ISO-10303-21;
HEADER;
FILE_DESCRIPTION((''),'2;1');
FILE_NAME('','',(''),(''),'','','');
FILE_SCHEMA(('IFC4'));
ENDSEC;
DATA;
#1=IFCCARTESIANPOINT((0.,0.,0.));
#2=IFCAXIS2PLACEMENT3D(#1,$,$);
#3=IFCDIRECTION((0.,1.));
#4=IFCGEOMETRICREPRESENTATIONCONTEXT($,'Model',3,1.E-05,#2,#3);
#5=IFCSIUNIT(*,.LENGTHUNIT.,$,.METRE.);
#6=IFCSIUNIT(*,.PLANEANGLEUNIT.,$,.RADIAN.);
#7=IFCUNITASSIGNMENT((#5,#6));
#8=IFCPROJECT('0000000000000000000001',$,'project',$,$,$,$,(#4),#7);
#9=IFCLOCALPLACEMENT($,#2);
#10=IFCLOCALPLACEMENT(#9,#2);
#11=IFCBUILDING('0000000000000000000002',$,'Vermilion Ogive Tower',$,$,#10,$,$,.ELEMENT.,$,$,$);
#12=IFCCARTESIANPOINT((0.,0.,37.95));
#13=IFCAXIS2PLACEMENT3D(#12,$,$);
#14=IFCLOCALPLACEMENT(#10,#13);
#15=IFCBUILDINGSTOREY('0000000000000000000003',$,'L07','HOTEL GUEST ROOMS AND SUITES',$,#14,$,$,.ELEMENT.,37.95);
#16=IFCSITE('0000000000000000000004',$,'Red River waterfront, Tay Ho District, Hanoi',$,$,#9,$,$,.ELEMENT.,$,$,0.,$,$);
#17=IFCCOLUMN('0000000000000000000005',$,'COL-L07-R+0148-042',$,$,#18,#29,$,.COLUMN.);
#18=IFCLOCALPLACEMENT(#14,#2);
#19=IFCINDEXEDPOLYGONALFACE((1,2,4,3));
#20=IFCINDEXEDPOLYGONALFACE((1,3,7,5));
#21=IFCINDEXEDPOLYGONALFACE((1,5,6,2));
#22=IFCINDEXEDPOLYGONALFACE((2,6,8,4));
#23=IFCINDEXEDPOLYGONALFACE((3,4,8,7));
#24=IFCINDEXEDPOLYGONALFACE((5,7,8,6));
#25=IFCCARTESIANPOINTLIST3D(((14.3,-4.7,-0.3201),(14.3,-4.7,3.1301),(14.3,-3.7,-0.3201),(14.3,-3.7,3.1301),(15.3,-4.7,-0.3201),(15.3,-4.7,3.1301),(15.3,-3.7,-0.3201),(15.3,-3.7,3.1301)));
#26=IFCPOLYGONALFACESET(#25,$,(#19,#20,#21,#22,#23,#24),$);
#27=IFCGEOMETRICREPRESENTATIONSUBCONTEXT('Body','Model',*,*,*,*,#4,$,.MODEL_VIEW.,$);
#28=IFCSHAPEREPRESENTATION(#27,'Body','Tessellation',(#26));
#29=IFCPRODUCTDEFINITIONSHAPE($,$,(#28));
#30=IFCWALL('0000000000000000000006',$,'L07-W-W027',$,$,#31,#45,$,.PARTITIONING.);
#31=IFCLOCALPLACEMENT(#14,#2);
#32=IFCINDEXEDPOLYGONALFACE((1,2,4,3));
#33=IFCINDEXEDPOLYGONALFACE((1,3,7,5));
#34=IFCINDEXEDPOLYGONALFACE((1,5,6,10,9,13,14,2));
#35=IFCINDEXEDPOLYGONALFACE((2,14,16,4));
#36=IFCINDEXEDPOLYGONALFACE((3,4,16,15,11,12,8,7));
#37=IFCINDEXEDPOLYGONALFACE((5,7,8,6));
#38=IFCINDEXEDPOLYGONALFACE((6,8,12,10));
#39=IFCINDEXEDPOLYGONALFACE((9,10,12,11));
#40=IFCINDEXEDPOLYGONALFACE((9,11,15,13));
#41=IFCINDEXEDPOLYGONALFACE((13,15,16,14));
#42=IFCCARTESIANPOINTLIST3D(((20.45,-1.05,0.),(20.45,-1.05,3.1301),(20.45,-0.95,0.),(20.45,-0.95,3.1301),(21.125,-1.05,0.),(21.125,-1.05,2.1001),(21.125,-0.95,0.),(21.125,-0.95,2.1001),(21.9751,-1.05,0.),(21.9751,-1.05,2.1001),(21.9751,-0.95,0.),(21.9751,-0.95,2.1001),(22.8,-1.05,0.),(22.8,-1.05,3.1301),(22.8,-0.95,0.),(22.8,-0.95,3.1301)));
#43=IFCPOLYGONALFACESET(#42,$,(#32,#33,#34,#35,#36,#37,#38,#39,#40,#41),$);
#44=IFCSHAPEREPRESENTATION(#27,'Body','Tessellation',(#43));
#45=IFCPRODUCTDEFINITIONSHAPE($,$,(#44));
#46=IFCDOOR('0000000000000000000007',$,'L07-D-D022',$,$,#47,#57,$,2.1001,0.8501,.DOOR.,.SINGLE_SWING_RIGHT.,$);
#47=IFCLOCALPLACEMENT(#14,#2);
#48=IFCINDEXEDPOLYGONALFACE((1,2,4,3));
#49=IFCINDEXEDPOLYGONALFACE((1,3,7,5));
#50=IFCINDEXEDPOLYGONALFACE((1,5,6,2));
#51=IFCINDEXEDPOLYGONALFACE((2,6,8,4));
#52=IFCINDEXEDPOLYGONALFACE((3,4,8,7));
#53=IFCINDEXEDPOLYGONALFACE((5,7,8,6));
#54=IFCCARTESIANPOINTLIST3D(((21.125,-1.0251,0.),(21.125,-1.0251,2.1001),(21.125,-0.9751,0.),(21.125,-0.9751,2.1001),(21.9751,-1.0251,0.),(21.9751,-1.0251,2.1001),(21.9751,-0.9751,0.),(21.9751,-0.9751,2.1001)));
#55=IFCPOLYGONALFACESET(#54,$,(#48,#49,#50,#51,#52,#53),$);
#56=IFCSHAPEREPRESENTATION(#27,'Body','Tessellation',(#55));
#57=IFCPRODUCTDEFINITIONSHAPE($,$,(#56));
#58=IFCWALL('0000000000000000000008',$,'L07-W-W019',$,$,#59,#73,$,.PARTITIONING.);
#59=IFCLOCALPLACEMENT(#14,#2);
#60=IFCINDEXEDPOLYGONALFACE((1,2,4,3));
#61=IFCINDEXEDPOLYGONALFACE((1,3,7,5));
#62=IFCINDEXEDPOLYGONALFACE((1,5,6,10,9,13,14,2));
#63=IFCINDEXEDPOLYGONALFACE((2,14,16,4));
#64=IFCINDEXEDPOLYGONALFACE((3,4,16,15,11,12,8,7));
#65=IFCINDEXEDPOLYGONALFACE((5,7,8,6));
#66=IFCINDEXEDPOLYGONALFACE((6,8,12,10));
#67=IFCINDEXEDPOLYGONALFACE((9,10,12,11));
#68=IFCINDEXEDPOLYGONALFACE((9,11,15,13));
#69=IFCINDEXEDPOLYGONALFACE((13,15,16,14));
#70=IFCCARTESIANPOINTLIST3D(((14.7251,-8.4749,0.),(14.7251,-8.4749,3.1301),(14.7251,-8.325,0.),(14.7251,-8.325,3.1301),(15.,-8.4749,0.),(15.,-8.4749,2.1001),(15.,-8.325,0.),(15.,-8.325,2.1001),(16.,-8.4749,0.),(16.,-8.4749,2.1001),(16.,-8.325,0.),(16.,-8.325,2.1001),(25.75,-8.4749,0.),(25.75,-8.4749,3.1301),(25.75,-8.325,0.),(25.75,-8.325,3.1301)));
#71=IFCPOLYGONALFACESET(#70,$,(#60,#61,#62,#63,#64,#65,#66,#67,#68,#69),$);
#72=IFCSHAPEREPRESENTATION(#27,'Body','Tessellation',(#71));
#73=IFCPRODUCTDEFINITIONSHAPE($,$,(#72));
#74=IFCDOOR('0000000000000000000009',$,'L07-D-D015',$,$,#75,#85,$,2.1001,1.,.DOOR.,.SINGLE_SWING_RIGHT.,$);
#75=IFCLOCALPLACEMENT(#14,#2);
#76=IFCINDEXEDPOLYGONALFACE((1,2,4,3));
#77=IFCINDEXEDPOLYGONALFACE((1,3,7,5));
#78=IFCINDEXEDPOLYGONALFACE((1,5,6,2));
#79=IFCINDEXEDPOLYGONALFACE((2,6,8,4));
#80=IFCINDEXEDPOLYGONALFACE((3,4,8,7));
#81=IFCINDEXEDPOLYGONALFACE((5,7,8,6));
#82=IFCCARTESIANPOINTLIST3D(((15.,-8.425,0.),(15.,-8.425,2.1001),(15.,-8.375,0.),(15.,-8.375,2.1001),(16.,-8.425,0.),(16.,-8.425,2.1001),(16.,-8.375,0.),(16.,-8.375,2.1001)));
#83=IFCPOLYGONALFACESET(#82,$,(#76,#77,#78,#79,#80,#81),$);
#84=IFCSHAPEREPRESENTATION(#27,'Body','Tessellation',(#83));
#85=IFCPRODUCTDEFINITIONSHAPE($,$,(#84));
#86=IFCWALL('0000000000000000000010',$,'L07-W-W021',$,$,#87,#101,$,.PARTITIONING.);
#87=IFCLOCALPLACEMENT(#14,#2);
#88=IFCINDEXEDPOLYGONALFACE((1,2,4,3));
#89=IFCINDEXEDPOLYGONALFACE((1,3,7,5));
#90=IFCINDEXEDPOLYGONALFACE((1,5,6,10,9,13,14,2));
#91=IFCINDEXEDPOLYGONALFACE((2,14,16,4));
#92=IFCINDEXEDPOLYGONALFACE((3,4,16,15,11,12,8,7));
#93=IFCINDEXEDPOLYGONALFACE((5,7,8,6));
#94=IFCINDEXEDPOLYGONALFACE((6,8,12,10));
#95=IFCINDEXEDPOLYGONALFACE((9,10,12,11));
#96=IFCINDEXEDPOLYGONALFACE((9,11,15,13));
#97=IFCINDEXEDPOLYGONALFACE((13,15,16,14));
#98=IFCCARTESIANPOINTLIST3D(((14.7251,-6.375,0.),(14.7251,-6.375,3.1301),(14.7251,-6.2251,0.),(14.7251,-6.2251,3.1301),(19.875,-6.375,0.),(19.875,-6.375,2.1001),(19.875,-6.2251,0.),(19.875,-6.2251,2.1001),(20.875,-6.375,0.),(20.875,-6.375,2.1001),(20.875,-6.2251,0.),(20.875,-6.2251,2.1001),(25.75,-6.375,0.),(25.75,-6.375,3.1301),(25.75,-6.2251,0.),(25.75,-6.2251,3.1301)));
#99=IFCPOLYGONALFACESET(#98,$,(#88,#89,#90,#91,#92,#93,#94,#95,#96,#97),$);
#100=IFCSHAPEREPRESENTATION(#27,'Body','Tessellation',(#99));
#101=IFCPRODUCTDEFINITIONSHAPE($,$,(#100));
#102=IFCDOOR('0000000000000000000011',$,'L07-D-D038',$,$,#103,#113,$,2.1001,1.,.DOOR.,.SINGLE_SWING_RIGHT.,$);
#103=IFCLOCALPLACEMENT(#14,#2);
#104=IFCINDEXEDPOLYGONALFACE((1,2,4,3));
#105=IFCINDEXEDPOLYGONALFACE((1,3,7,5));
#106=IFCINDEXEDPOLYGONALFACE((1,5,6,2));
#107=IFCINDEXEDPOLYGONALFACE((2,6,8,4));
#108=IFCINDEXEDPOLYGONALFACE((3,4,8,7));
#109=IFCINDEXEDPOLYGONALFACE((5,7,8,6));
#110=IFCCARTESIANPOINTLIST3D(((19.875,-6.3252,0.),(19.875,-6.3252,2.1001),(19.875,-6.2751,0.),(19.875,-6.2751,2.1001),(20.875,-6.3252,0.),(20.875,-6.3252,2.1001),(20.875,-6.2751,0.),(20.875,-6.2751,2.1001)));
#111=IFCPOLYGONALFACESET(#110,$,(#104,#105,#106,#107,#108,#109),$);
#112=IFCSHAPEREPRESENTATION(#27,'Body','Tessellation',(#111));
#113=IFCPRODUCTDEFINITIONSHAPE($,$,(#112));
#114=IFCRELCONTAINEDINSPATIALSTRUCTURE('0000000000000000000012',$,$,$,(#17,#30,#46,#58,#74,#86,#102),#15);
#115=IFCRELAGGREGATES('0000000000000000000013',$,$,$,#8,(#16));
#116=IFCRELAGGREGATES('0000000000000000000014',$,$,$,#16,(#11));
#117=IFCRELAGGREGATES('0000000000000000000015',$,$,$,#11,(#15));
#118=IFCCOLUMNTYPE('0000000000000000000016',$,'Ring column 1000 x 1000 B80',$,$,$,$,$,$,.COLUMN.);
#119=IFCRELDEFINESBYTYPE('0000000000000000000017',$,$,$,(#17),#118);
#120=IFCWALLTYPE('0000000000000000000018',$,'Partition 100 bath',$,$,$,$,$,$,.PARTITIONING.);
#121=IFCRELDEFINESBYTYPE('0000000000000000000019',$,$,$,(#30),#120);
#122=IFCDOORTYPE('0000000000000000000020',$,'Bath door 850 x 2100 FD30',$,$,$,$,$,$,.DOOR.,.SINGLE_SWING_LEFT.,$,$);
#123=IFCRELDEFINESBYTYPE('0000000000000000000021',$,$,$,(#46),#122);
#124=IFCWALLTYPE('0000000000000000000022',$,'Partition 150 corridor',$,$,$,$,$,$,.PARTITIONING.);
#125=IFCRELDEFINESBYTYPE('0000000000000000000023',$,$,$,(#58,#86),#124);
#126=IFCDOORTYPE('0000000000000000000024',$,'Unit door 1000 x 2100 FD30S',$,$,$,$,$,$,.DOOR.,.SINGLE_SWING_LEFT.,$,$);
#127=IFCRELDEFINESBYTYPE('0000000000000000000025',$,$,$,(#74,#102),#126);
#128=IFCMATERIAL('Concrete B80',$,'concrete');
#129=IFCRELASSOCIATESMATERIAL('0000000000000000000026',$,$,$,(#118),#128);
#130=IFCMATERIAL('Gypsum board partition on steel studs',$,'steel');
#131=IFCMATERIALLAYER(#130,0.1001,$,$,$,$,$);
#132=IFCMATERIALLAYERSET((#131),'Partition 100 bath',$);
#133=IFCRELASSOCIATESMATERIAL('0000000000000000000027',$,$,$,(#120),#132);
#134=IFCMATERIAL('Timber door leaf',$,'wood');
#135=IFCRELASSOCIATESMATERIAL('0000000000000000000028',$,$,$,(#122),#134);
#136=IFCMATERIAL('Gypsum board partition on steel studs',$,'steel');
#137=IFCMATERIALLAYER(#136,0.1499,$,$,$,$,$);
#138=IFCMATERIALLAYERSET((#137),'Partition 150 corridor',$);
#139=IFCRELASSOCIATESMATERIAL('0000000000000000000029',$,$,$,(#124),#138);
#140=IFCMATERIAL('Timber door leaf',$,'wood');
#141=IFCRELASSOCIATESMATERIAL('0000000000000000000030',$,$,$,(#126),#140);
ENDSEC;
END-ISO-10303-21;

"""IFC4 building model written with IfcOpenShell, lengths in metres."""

from ifc_helpers import new_model, si_unit, direction, frame, frame_2d, origin, origin_2d, place, context, subcontext, project, spatial, rectangle, extrude, material, layer, layer_set, material_profile, profile_set, type_object, element, fill, save


model = new_model("IFC4")

# Units and contexts
model_context = context("Model", 3, precision=1e-05, world=origin(), true_north=direction((0.0, 1.0)))
body_context = subcontext(model_context, "Body", "Model", "MODEL_VIEW")
ifc_project = project(units=[si_unit("LENGTHUNIT", "METRE"), si_unit("PLANEANGLEUNIT", "RADIAN")], contexts=[model_context])

# Site, building, storey
site_placement = place(None, origin())
site = spatial("IfcSite", under=ifc_project, at=site_placement, Name="Red River waterfront, Tay Ho District, Hanoi", CompositionType="ELEMENT", RefElevation=0.0)
building_placement = place(site_placement, origin())
building = spatial("IfcBuilding", under=site, at=building_placement, Name="Vermilion Ogive Tower", CompositionType="ELEMENT")
storey_placement = place(building_placement, frame((0.0, 0.0, 37.95)))
storey = spatial("IfcBuildingStorey", under=building, at=storey_placement, Name="L07", Description="HOTEL GUEST ROOMS AND SUITES", CompositionType="ELEMENT", Elevation=37.95)

# Column
ifc_material_1 = material(Name="Concrete B80", Category="concrete")
ifc_material_profile = material_profile(ifc_material_1, rectangle(XDim=1.0, YDim=1.0, at=origin_2d()), Name="1000 x 1000")
ifc_profile_set = profile_set([ifc_material_profile], Name="Concrete B80")
column_type = type_object("IfcColumnType", Name="Ring column 1000 x 1000 B80", PredefinedType="COLUMN", material=ifc_profile_set)
column_placement = place(storey_placement, frame((14.8, -4.2, -0.3201), z_axis=(0.0, 0.0, 1.0), x_axis=(1.0, 0.0, 0.0)))
element("IfcColumn", 1, at=column_placement, inside=storey, type_object=column_type, Name="COL-L07-R+0148-042", PredefinedType="COLUMN", context=body_context, shape_type="SweptSolid", body=[
    extrude(rectangle(XDim=1.0, YDim=1.0, at=origin_2d()), origin(), (0.0, 0.0, 1.0), 3.4502),
])

# Walls, openings, doors
ifc_material_2 = material(Name="Gypsum board partition on steel studs", Category="steel")
ifc_layer_1 = layer(ifc_material_2, 0.1001)
ifc_layer_set_1 = layer_set([ifc_layer_1], Name="Partition 100 bath")
wall_type_1 = type_object("IfcWallType", Name="Partition 100 bath", PredefinedType="PARTITIONING", material=ifc_layer_set_1)
wall_1_placement = place(storey_placement, frame((20.45, -1.0, 0.0), z_axis=(0.0, 0.0, 1.0), x_axis=(1.0, 0.0, 0.0)))
wall_1 = element("IfcWall", 2, at=wall_1_placement, inside=storey, type_object=wall_type_1, Name="L07-W-W027", PredefinedType="PARTITIONING", context=body_context, shape_type="SweptSolid", body=[
    extrude(rectangle(XDim=2.3501, YDim=0.1001, at=frame_2d((1.175, 0.0))), origin(), (0.0, 0.0, 1.0), 3.1301),
])
opening_1_placement = place(wall_1_placement, frame((0.675, 0.0, 0.0)))
opening_1 = element("IfcOpeningElement", 3, at=opening_1_placement, cuts=wall_1, PredefinedType="OPENING", context=body_context, shape_type="SweptSolid", body=[
    extrude(rectangle(XDim=0.8501, YDim=2.1001, at=frame_2d((0.425, 1.05))), frame((0.0, 0.0601, 0.0), z_axis=(0.0, -1.0, 0.0), x_axis=(1.0, 0.0, 0.0)), (0.0, 0.0, 1.0), 0.1201),
])
ifc_material_3 = material(Name="Timber door leaf", Category="wood")
door_type_1 = type_object("IfcDoorType", Name="Bath door 850 x 2100 FD30", OperationType="SINGLE_SWING_LEFT", PredefinedType="DOOR", material=ifc_material_3)
door_1_placement = place(opening_1_placement, origin())
door_1 = element("IfcDoor", 4, at=door_1_placement, inside=storey, type_object=door_type_1, Name="L07-D-D022", OperationType="SINGLE_SWING_RIGHT", OverallHeight=2.1001, OverallWidth=0.8501, PredefinedType="DOOR", context=body_context, shape_type="SweptSolid", body=[
    extrude(rectangle(XDim=0.8501, YDim=2.1001, at=frame_2d((0.425, 1.05))), frame((0.0, 0.0249, 0.0), z_axis=(0.0, -1.0, 0.0), x_axis=(1.0, 0.0, 0.0)), (0.0, 0.0, 1.0), 0.05),
])
fill(opening_1, door_1)
ifc_material_4 = material(Name="Gypsum board partition on steel studs", Category="steel")
ifc_layer_2 = layer(ifc_material_4, 0.1499)
ifc_layer_set_2 = layer_set([ifc_layer_2], Name="Partition 150 corridor")
wall_type_2 = type_object("IfcWallType", Name="Partition 150 corridor", PredefinedType="PARTITIONING", material=ifc_layer_set_2)
wall_2_placement = place(storey_placement, frame((14.7251, -8.3999, 0.0), z_axis=(0.0, 0.0, 1.0), x_axis=(1.0, 0.0, 0.0)))
wall_2 = element("IfcWall", 5, at=wall_2_placement, inside=storey, type_object=wall_type_2, Name="L07-W-W019", PredefinedType="PARTITIONING", context=body_context, shape_type="SweptSolid", body=[
    extrude(rectangle(XDim=11.0249, YDim=0.1499, at=frame_2d((5.5125, 0.0))), origin(), (0.0, 0.0, 1.0), 3.1301),
])
opening_2_placement = place(wall_2_placement, frame((0.2749, 0.0, 0.0)))
opening_2 = element("IfcOpeningElement", 6, at=opening_2_placement, cuts=wall_2, PredefinedType="OPENING", context=body_context, shape_type="SweptSolid", body=[
    extrude(rectangle(XDim=1.0, YDim=2.1001, at=frame_2d((0.5, 1.05))), frame((0.0, 0.085, 0.0), z_axis=(0.0, -1.0, 0.0), x_axis=(1.0, 0.0, 0.0)), (0.0, 0.0, 1.0), 0.1699),
])
ifc_material_5 = material(Name="Timber door leaf", Category="wood")
door_type_2 = type_object("IfcDoorType", Name="Unit door 1000 x 2100 FD30S", OperationType="SINGLE_SWING_LEFT", PredefinedType="DOOR", material=ifc_material_5)
door_2_placement = place(opening_2_placement, origin())
door_2 = element("IfcDoor", 7, at=door_2_placement, inside=storey, type_object=door_type_2, Name="L07-D-D015", OperationType="SINGLE_SWING_RIGHT", OverallHeight=2.1001, OverallWidth=1.0, PredefinedType="DOOR", context=body_context, shape_type="SweptSolid", body=[
    extrude(rectangle(XDim=1.0, YDim=2.1001, at=frame_2d((0.5, 1.05))), frame((0.0, 0.0249, 0.0), z_axis=(0.0, -1.0, 0.0), x_axis=(1.0, 0.0, 0.0)), (0.0, 0.0, 1.0), 0.05),
])
fill(opening_2, door_2)
wall_3_placement = place(storey_placement, frame((14.7251, -6.3, 0.0), z_axis=(0.0, 0.0, 1.0), x_axis=(1.0, 0.0, 0.0)))
wall_3 = element("IfcWall", 8, at=wall_3_placement, inside=storey, type_object=wall_type_2, Name="L07-W-W021", PredefinedType="PARTITIONING", context=body_context, shape_type="SweptSolid", body=[
    extrude(rectangle(XDim=11.0249, YDim=0.1499, at=frame_2d((5.5125, 0.0))), origin(), (0.0, 0.0, 1.0), 3.1301),
])
opening_3_placement = place(wall_3_placement, frame((5.1499, 0.0, 0.0)))
opening_3 = element("IfcOpeningElement", 9, at=opening_3_placement, cuts=wall_3, PredefinedType="OPENING", context=body_context, shape_type="SweptSolid", body=[
    extrude(rectangle(XDim=1.0, YDim=2.1001, at=frame_2d((0.5, 1.05))), frame((0.0, 0.085, 0.0), z_axis=(0.0, -1.0, 0.0), x_axis=(1.0, 0.0, 0.0)), (0.0, 0.0, 1.0), 0.1699),
])
door_3_placement = place(opening_3_placement, origin())
door_3 = element("IfcDoor", 10, at=door_3_placement, inside=storey, type_object=door_type_2, Name="L07-D-D038", OperationType="SINGLE_SWING_RIGHT", OverallHeight=2.1001, OverallWidth=1.0, PredefinedType="DOOR", context=body_context, shape_type="SweptSolid", body=[
    extrude(rectangle(XDim=1.0, YDim=2.1001, at=frame_2d((0.5, 1.05))), frame((0.0, 0.0249, 0.0), z_axis=(0.0, -1.0, 0.0), x_axis=(1.0, 0.0, 0.0)), (0.0, 0.0, 1.0), 0.05),
])
fill(opening_3, door_3)

save(model, "model.ifc")
